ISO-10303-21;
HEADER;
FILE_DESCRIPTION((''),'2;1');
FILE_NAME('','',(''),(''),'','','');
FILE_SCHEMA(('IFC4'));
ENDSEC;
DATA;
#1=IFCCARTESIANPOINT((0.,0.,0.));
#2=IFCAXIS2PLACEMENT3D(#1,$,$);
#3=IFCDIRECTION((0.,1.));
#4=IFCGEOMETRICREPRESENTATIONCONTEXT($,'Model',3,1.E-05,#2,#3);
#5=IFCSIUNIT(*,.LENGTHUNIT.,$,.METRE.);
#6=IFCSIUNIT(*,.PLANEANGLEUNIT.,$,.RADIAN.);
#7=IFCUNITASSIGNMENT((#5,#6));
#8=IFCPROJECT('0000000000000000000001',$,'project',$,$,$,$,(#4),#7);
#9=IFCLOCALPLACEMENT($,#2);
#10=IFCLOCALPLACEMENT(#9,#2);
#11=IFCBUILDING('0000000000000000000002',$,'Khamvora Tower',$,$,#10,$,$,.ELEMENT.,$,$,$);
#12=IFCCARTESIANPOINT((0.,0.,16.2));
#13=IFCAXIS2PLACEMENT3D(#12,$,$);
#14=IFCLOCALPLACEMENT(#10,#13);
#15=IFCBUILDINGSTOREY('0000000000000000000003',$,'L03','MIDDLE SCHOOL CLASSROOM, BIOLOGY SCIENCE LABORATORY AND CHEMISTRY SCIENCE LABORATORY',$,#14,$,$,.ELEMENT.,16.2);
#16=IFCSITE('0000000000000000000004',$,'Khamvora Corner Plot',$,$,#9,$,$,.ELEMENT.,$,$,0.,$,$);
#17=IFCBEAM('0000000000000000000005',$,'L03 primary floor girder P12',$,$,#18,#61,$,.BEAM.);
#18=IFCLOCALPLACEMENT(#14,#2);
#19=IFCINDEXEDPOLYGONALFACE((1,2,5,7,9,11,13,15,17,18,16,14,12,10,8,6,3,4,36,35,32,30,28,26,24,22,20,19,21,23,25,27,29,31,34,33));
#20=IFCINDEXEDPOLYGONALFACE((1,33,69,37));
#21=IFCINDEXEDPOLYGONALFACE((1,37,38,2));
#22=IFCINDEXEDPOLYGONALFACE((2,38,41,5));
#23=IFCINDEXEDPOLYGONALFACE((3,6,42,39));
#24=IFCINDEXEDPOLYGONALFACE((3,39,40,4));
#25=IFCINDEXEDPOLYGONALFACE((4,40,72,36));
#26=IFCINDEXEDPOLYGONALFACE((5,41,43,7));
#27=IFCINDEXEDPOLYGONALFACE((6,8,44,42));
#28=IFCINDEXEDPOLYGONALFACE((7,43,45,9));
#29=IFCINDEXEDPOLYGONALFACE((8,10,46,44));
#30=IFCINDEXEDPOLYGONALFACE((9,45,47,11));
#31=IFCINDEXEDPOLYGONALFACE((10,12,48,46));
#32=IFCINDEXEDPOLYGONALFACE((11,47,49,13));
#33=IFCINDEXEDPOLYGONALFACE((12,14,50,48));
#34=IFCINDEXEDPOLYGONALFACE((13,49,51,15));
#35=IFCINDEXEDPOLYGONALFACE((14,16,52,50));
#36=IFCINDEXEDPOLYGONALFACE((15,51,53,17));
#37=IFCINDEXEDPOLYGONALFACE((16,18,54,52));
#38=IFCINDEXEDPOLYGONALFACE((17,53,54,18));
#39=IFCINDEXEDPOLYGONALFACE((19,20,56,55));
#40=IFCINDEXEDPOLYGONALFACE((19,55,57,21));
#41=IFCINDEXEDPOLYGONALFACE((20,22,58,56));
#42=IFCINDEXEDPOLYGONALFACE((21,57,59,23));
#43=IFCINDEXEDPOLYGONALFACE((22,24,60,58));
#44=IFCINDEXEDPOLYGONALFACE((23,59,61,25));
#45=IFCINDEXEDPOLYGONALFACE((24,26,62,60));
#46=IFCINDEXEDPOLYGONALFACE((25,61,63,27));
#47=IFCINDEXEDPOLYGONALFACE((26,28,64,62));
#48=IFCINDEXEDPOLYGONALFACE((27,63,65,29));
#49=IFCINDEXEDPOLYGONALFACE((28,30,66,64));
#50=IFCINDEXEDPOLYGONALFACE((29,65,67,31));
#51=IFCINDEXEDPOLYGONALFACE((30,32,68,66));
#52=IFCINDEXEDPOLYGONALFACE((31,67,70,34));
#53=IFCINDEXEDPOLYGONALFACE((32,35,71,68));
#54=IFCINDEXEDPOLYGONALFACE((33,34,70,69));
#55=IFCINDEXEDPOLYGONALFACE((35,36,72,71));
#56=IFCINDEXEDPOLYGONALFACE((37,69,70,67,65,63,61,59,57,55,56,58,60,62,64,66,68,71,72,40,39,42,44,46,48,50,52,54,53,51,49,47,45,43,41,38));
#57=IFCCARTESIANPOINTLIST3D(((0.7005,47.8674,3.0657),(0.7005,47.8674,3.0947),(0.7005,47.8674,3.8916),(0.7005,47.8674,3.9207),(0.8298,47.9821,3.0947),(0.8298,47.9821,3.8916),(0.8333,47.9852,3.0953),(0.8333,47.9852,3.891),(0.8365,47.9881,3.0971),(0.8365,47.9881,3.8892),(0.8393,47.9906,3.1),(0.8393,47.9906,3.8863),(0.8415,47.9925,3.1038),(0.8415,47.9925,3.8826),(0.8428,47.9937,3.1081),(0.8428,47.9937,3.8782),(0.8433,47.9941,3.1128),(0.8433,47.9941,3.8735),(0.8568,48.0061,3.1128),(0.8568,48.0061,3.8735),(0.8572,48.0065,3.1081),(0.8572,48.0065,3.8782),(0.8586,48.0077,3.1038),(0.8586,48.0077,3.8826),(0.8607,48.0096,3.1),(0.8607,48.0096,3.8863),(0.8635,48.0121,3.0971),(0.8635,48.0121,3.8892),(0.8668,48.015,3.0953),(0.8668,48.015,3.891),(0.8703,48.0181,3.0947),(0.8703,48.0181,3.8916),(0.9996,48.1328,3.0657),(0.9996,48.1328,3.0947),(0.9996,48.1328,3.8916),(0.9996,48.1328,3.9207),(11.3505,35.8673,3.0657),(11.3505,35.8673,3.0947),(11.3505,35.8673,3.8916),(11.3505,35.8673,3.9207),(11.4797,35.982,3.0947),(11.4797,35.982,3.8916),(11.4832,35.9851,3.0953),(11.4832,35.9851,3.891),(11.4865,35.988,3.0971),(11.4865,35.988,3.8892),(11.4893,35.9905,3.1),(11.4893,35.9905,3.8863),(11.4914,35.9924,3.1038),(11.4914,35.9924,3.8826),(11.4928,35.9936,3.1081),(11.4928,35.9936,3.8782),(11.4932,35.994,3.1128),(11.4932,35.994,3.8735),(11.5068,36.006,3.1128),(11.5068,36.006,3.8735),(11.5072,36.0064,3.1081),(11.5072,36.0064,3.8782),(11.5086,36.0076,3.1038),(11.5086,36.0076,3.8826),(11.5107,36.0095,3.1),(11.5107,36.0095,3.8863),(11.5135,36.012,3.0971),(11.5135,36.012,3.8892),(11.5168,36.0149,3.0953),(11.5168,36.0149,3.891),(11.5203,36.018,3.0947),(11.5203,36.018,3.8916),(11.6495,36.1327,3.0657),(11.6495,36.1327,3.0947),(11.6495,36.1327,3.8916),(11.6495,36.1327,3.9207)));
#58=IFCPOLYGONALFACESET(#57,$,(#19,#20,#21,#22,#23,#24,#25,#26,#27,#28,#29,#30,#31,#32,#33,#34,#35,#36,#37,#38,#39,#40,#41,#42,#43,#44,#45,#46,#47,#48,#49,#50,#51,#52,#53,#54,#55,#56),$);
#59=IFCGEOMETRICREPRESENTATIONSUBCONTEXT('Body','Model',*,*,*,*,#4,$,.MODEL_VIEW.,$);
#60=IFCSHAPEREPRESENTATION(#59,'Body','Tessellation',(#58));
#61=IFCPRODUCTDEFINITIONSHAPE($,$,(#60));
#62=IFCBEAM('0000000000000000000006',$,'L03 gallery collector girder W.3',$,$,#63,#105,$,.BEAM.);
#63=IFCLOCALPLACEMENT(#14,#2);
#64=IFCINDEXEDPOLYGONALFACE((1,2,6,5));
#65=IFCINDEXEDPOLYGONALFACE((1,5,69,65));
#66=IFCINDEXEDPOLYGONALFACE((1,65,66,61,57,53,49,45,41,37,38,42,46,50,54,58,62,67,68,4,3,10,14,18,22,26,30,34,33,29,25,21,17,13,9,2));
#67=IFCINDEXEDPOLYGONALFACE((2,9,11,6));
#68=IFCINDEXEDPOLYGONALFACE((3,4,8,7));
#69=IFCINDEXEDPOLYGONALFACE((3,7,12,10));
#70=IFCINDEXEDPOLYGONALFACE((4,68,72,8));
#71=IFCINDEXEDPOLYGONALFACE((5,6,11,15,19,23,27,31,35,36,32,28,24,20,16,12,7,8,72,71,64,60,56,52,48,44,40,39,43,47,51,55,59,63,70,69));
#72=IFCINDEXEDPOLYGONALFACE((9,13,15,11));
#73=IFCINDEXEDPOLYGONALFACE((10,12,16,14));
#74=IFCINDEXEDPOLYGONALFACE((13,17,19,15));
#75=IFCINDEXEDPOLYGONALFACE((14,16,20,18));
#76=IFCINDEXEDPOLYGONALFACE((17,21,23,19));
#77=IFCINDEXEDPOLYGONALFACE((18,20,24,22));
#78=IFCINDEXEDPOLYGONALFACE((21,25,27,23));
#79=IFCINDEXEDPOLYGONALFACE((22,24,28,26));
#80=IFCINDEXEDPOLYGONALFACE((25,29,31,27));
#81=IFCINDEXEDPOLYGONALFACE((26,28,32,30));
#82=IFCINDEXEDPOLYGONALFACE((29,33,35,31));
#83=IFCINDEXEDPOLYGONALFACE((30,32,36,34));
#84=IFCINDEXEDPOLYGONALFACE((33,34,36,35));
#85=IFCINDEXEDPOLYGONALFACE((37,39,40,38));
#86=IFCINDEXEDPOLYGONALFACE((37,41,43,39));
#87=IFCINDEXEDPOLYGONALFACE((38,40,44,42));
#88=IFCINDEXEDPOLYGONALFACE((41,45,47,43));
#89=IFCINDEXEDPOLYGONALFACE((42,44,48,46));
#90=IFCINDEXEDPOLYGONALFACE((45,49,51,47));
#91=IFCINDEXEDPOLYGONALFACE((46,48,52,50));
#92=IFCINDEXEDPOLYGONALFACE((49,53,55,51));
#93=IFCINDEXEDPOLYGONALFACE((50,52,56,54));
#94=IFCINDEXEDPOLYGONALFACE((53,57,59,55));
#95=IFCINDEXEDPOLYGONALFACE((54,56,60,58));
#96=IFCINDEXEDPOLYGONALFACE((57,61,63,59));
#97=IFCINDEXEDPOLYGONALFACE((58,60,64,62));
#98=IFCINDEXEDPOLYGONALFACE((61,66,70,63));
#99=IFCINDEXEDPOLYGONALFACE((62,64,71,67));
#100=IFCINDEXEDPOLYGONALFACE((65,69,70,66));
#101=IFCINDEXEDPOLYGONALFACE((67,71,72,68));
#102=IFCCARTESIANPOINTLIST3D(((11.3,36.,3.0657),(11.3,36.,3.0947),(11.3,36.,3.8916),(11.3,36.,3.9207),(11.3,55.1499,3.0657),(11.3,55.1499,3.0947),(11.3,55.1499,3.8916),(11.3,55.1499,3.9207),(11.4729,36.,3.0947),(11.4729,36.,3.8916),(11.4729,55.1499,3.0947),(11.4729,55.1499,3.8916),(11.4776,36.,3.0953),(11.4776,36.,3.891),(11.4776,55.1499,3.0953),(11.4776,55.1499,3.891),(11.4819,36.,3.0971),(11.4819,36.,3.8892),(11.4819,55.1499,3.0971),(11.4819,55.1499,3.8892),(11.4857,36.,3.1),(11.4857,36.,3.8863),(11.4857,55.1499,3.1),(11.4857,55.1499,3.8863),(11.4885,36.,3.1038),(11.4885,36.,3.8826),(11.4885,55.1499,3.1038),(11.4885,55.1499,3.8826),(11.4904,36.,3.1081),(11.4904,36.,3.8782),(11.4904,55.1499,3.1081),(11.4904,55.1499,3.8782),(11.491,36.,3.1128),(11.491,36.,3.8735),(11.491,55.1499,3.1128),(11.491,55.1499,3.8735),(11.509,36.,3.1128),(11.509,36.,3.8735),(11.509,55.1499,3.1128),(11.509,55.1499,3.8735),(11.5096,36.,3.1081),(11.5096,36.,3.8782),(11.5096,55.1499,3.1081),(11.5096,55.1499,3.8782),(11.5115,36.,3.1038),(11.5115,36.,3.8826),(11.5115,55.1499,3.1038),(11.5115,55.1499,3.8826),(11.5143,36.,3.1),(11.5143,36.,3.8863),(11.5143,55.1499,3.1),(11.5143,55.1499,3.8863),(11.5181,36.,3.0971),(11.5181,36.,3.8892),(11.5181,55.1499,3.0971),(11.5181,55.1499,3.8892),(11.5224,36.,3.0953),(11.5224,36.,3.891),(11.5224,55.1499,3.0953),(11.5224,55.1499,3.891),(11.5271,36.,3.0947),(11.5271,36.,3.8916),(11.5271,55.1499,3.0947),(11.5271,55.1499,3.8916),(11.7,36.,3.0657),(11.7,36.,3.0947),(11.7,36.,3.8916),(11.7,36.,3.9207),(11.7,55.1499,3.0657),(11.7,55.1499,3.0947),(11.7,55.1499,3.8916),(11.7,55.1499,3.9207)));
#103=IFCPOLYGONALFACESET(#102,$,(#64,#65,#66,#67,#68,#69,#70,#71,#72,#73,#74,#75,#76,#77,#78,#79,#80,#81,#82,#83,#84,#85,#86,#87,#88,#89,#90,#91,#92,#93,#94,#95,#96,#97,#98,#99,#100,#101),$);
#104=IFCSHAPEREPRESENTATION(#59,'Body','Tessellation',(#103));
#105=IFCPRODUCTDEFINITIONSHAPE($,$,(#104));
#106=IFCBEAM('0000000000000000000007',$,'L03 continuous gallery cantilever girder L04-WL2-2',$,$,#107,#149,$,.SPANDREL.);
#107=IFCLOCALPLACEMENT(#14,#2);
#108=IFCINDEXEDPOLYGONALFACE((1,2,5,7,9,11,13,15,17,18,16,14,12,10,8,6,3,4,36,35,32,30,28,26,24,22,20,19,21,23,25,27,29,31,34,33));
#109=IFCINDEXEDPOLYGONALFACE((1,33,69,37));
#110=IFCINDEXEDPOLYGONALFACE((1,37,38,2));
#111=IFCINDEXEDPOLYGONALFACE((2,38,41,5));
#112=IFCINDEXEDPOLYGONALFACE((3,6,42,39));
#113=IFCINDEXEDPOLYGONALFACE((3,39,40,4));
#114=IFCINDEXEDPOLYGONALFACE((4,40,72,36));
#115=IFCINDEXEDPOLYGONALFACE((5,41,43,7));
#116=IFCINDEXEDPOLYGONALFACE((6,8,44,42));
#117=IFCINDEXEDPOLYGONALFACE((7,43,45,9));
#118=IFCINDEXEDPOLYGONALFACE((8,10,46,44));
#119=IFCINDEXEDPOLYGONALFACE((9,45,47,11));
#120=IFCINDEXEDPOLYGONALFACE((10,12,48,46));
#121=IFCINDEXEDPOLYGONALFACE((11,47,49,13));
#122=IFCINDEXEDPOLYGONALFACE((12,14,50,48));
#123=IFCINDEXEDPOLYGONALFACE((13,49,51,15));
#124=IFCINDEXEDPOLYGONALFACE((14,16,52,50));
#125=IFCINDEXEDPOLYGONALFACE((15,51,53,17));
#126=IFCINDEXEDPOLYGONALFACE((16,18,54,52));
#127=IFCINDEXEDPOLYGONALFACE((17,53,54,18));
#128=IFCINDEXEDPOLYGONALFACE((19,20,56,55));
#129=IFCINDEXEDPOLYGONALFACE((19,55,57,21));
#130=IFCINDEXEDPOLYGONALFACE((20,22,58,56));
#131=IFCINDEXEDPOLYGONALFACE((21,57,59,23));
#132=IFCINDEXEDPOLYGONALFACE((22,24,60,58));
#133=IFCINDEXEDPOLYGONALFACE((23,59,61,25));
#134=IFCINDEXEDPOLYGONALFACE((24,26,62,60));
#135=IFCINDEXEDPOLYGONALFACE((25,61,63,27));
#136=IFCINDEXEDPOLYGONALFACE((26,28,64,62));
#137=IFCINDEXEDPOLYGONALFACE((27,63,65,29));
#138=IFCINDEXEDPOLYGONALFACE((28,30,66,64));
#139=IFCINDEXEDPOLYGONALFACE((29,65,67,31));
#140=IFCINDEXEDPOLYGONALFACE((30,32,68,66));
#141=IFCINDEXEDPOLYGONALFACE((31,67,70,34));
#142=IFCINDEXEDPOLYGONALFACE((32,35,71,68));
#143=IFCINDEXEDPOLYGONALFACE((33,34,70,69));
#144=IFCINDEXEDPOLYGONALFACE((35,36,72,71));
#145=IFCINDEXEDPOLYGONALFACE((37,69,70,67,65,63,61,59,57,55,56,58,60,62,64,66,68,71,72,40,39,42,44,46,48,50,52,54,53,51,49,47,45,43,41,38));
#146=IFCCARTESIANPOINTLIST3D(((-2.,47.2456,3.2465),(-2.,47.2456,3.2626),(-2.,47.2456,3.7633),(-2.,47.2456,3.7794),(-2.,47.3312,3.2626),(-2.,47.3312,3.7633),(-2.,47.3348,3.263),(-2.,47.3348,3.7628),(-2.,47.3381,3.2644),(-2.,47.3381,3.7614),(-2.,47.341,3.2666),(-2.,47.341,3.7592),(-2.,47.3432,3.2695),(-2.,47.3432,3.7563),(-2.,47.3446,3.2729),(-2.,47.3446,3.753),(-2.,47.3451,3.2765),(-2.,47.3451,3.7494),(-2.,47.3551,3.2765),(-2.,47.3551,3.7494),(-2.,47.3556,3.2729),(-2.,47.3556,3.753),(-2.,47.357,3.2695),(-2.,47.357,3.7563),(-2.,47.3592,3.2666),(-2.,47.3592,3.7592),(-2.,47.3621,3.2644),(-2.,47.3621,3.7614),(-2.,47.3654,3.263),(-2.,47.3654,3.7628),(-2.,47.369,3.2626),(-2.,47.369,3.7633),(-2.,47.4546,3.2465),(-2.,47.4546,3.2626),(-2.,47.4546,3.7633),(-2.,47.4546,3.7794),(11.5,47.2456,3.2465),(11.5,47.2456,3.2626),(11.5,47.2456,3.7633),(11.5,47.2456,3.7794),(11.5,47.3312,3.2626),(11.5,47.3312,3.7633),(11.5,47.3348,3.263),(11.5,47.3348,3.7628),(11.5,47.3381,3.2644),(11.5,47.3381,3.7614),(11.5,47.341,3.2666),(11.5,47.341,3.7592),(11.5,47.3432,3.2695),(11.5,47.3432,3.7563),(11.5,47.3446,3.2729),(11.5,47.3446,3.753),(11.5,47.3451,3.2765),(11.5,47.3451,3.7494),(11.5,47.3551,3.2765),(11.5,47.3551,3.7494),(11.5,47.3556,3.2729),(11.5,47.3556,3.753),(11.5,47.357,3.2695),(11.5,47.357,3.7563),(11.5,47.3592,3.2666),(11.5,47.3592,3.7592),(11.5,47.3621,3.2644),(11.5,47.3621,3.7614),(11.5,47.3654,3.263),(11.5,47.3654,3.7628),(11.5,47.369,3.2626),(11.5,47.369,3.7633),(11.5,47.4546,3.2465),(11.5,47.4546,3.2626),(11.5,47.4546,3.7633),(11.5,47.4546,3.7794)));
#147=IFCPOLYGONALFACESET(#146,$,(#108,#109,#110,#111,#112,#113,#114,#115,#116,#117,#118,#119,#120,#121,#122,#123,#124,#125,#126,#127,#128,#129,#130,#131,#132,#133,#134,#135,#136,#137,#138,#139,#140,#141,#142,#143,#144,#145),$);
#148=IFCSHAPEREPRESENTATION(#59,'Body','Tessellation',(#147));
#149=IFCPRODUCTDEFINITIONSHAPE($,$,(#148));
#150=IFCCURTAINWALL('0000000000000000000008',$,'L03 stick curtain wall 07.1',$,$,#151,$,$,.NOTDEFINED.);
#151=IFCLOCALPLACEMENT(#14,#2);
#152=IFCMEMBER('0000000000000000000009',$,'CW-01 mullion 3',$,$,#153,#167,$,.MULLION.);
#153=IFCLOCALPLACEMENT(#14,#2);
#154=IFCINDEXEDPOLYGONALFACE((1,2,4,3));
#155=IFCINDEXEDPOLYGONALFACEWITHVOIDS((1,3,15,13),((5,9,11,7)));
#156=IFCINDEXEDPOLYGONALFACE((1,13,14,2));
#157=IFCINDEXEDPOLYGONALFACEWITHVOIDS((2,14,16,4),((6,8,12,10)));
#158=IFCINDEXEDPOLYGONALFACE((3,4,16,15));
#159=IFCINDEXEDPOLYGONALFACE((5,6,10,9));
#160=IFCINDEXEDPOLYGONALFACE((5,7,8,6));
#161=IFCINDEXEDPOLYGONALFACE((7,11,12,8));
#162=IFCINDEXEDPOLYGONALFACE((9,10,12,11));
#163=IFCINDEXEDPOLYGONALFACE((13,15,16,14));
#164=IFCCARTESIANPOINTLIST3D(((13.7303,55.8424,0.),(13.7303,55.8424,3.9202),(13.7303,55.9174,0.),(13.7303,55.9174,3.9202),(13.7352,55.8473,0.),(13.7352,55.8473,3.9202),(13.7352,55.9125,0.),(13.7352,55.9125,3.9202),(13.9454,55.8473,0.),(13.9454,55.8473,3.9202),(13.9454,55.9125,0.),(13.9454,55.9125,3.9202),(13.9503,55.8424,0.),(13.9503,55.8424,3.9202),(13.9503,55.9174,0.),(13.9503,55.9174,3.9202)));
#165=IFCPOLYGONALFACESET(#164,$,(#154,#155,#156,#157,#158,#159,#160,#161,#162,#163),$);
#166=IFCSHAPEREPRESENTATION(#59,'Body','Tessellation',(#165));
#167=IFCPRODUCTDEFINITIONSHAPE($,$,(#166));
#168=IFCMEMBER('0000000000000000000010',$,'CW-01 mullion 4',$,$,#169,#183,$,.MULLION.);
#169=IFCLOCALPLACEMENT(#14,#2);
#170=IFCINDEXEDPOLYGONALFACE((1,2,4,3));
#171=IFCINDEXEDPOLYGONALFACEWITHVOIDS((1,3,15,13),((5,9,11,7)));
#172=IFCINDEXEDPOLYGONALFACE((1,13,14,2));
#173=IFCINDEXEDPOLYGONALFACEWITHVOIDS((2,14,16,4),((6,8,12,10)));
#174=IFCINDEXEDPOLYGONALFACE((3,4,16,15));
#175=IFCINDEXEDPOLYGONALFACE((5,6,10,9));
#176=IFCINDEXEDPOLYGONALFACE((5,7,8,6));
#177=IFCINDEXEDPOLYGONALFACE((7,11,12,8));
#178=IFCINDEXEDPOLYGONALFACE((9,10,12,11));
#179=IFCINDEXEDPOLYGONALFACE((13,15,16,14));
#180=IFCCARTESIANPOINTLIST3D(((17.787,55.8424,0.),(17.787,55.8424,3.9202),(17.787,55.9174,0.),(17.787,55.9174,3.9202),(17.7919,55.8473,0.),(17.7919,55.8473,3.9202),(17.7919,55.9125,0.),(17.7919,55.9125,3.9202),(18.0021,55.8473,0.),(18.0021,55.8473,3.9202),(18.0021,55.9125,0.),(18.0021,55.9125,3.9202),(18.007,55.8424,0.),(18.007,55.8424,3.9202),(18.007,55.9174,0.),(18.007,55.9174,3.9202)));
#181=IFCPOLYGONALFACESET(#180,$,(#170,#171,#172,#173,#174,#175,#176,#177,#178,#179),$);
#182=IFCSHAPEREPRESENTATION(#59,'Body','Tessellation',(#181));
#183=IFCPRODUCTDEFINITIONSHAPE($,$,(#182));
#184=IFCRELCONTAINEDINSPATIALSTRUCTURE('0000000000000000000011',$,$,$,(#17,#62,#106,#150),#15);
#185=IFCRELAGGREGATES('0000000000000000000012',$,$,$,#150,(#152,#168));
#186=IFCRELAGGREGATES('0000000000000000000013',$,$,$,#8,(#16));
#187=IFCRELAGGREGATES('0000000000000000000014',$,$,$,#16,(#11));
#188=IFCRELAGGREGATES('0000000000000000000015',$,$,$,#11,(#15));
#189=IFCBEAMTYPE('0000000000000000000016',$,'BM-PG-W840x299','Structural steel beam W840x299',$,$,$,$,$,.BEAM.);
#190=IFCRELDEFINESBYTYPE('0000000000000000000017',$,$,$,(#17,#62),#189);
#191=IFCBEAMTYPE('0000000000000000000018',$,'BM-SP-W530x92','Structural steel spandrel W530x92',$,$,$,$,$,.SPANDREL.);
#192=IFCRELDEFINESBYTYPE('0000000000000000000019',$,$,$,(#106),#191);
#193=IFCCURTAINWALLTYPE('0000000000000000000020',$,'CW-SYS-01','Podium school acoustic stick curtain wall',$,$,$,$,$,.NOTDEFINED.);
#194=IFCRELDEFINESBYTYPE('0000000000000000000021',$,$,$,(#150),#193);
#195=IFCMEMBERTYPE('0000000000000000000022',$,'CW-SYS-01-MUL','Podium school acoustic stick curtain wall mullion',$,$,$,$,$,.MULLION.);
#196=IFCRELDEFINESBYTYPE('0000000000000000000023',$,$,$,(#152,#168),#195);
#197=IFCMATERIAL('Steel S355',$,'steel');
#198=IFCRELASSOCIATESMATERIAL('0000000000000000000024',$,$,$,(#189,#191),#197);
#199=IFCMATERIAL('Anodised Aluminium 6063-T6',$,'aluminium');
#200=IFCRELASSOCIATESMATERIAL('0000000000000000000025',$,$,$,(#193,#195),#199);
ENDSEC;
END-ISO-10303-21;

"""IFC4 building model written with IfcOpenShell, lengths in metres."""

from ifc_helpers import new_model, si_unit, direction, frame, origin, origin_2d, place, context, subcontext, project, spatial, hollow_rectangle, i_section, extrude, material, material_profile, profile_set, type_object, element, aggregate, save


model = new_model("IFC4")

# Units and contexts
model_context = context("Model", 3, precision=1e-05, world=origin(), true_north=direction((0.0, 1.0)))
body_context = subcontext(model_context, "Body", "Model", "MODEL_VIEW")
ifc_project = project(units=[si_unit("LENGTHUNIT", "METRE"), si_unit("PLANEANGLEUNIT", "RADIAN")], contexts=[model_context])

# Site, building, storey
site_placement = place(None, origin())
site = spatial("IfcSite", under=ifc_project, at=site_placement, Name="Khamvora Corner Plot", CompositionType="ELEMENT", RefElevation=0.0)
building_placement = place(site_placement, origin())
building = spatial("IfcBuilding", under=site, at=building_placement, Name="Khamvora Tower", CompositionType="ELEMENT")
storey_placement = place(building_placement, frame((0.0, 0.0, 16.2)))
storey = spatial("IfcBuildingStorey", under=building, at=storey_placement, Name="L03", Description="MIDDLE SCHOOL CLASSROOM, BIOLOGY SCIENCE LABORATORY AND CHEMISTRY SCIENCE LABORATORY", CompositionType="ELEMENT", Elevation=16.2)

# Beams
ifc_material_1 = material(Name="Steel S355", Category="steel")
ifc_material_profile_1 = material_profile(ifc_material_1, i_section(OverallWidth=0.3999, OverallDepth=0.855, WebThickness=0.0181, FlangeThickness=0.0291, FilletRadius=0.0181, at=origin_2d()), Name="W840x299")
ifc_profile_set_1 = profile_set([ifc_material_profile_1], Name="Steel S355")
beam_type_1 = type_object("IfcBeamType", Name="BM-PG-W840x299", Description="Structural steel beam W840x299", PredefinedType="BEAM", material=ifc_profile_set_1)
beam_1_placement = place(storey_placement, frame((11.5, 36.0, 3.4932), z_axis=(-0.66378, 0.747928, 0.0), x_axis=(-0.747928, -0.66378, 0.0)))
element("IfcBeam", 1, at=beam_1_placement, inside=storey, type_object=beam_type_1, Name="L03 primary floor girder P12", PredefinedType="BEAM", context=body_context, shape_type="SweptSolid", body=[
    extrude(i_section(OverallWidth=0.3999, OverallDepth=0.855, WebThickness=0.0181, FlangeThickness=0.0291, FilletRadius=0.0181, at=origin_2d()), origin(), (0.0, 0.0, 1.0), 16.0444),
])
beam_2_placement = place(storey_placement, frame((11.5, 36.0, 3.4932), z_axis=(0.0, 1.0, 0.0), x_axis=(-1.0, 0.0, 0.0)))
element("IfcBeam", 2, at=beam_2_placement, inside=storey, type_object=beam_type_1, Name="L03 gallery collector girder W.3", PredefinedType="BEAM", context=body_context, shape_type="SweptSolid", body=[
    extrude(i_section(OverallWidth=0.3999, OverallDepth=0.855, WebThickness=0.0181, FlangeThickness=0.0291, FilletRadius=0.0181, at=origin_2d()), origin(), (0.0, 0.0, 1.0), 19.1499),
])
ifc_material_profile_2 = material_profile(ifc_material_1, i_section(OverallWidth=0.209, OverallDepth=0.533, WebThickness=0.01, FlangeThickness=0.0161, FilletRadius=0.0139, at=origin_2d()), Name="W530x92")
ifc_profile_set_2 = profile_set([ifc_material_profile_2], Name="Steel S355")
beam_type_2 = type_object("IfcBeamType", Name="BM-SP-W530x92", Description="Structural steel spandrel W530x92", PredefinedType="SPANDREL", material=ifc_profile_set_2)
beam_3_placement = place(storey_placement, frame((11.5, 47.3501, 3.5129), z_axis=(-1.0, 0.0, 0.0), x_axis=(0.0, -1.0, 0.0)))
element("IfcBeam", 3, at=beam_3_placement, inside=storey, type_object=beam_type_2, Name="L03 continuous gallery cantilever girder L04-WL2-2", PredefinedType="SPANDREL", context=body_context, shape_type="SweptSolid", body=[
    extrude(i_section(OverallWidth=0.209, OverallDepth=0.533, WebThickness=0.01, FlangeThickness=0.0161, FilletRadius=0.0139, at=origin_2d()), origin(), (0.0, 0.0, 1.0), 13.5),
])

# Curtain wall, members
ifc_material_2 = material(Name="Anodised Aluminium 6063-T6", Category="aluminium")
curtain_wall_type = type_object("IfcCurtainWallType", Name="CW-SYS-01", Description="Podium school acoustic stick curtain wall", PredefinedType="NOTDEFINED", material=ifc_material_2)
curtain_wall_placement = place(storey_placement, origin())
curtain_wall = element("IfcCurtainWall", 4, at=curtain_wall_placement, inside=storey, type_object=curtain_wall_type, Name="L03 stick curtain wall 07.1", PredefinedType="NOTDEFINED")
ifc_material_profile_3 = material_profile(ifc_material_2, hollow_rectangle(XDim=0.075, YDim=0.22, WallThickness=0.0049, at=origin_2d()), Name="MUL75x220x5")
ifc_profile_set_3 = profile_set([ifc_material_profile_3], Name="Anodised Aluminium 6063-T6")
member_type_1 = type_object("IfcMemberType", Name="CW-SYS-01-MUL", Description="Podium school acoustic stick curtain wall mullion", PredefinedType="MULLION", material=ifc_profile_set_3)
member_1_placement = place(storey_placement, frame((13.8403, 55.8799, 0.0), z_axis=(0.0, 0.0, 1.0), x_axis=(0.0, 1.0, 0.0)))
member_1 = element("IfcMember", 5, at=member_1_placement, type_object=member_type_1, Name="CW-01 mullion 3", PredefinedType="MULLION", context=body_context, shape_type="SweptSolid", body=[
    extrude(hollow_rectangle(XDim=0.075, YDim=0.22, WallThickness=0.0049, at=origin_2d()), origin(), (0.0, 0.0, 1.0), 3.9202),
])
member_2_placement = place(storey_placement, frame((17.897, 55.8799, 0.0), z_axis=(0.0, 0.0, 1.0), x_axis=(0.0, 1.0, 0.0)))
member_2 = element("IfcMember", 6, at=member_2_placement, type_object=member_type_1, Name="CW-01 mullion 4", PredefinedType="MULLION", context=body_context, shape_type="SweptSolid", body=[
    extrude(hollow_rectangle(XDim=0.075, YDim=0.22, WallThickness=0.0049, at=origin_2d()), origin(), (0.0, 0.0, 1.0), 3.9202),
])

aggregate(curtain_wall, [member_1, member_2])

save(model, "model.ifc")
